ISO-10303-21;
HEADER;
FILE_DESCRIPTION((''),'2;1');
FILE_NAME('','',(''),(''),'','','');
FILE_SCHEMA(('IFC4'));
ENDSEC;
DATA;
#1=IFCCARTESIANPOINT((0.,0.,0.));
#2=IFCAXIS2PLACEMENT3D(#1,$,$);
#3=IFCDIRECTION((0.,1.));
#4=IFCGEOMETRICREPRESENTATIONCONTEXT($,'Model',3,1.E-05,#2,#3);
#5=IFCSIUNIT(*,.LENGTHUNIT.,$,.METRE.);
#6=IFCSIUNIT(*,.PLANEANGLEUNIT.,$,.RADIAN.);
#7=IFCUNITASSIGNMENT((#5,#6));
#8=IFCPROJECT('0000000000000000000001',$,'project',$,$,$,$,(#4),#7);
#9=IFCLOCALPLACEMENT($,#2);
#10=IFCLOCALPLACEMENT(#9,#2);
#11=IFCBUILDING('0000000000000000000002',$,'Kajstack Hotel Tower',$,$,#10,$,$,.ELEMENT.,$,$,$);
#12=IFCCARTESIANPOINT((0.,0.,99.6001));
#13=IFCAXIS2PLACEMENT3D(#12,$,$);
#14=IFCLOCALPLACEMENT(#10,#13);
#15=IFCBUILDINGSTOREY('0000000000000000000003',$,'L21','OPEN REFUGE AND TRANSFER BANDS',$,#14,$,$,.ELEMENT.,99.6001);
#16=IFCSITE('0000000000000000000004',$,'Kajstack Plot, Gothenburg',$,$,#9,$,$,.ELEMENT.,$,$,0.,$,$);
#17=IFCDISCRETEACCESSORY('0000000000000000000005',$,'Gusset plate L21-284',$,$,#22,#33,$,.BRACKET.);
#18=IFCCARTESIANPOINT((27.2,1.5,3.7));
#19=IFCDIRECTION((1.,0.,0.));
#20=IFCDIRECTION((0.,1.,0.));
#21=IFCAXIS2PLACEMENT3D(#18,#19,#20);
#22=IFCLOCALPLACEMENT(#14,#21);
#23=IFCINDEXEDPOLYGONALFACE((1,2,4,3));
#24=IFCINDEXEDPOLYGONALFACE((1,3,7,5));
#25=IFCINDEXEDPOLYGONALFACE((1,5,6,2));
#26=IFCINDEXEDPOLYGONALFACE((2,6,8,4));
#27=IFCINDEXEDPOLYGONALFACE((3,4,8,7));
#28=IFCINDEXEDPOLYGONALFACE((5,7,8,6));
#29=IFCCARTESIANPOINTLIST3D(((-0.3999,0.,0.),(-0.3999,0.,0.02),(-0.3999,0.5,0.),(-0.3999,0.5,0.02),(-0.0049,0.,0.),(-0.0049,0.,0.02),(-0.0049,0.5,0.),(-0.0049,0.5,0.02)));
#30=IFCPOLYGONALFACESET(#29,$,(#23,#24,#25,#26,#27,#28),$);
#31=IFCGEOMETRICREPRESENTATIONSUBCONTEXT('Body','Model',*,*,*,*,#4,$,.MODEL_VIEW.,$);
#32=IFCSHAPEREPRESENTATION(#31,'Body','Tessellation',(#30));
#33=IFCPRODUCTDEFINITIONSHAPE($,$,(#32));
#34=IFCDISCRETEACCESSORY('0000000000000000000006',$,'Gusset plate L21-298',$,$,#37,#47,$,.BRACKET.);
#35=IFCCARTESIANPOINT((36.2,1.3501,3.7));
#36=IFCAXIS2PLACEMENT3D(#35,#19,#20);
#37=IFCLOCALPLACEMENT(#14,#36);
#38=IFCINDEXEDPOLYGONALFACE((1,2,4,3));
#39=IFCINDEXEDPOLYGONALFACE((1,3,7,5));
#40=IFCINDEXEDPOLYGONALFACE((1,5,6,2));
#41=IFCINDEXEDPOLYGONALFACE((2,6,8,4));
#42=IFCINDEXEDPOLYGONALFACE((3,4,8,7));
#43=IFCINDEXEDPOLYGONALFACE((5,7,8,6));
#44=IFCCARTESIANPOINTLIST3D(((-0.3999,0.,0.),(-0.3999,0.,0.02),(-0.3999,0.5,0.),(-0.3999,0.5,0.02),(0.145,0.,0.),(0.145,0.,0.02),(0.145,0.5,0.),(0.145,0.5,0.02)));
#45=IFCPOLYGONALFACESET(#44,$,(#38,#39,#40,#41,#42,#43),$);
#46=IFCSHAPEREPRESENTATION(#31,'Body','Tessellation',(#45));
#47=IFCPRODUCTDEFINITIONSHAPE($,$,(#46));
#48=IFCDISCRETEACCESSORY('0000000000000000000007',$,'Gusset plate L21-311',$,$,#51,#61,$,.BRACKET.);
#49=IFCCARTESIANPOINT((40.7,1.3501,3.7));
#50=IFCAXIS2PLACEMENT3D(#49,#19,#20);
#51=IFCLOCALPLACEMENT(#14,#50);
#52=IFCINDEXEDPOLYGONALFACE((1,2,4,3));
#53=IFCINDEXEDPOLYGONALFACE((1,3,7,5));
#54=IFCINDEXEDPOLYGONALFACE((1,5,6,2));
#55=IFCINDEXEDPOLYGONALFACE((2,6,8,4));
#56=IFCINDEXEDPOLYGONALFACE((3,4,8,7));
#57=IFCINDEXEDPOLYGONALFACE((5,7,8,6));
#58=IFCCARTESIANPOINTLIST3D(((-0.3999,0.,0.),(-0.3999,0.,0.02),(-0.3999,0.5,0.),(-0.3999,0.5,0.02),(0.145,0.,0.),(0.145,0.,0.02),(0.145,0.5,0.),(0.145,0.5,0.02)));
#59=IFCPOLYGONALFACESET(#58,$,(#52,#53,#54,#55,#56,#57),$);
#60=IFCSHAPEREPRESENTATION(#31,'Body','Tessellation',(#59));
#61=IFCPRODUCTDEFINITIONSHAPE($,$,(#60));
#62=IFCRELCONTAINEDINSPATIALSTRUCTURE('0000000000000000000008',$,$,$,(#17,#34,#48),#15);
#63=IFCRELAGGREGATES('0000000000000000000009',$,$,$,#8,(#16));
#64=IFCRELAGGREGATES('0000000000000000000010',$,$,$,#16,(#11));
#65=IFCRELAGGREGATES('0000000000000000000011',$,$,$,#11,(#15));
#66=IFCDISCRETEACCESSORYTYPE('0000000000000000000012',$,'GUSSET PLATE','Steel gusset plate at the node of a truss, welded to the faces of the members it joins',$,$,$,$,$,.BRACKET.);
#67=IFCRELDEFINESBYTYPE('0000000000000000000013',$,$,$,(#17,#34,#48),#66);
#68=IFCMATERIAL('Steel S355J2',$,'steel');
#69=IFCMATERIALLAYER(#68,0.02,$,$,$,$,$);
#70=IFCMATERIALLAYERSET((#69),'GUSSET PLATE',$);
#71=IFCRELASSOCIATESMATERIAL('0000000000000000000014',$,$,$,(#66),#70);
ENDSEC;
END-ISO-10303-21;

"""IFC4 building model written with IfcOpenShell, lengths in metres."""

from ifc_helpers import new_model, si_unit, direction, frame, origin, place, context, subcontext, project, spatial, polyline, outline, extrude, material, layer, layer_set, type_object, element, save


model = new_model("IFC4")

# Units and contexts
model_context = context("Model", 3, precision=1e-05, world=origin(), true_north=direction((0.0, 1.0)))
body_context = subcontext(model_context, "Body", "Model", "MODEL_VIEW")
ifc_project = project(units=[si_unit("LENGTHUNIT", "METRE"), si_unit("PLANEANGLEUNIT", "RADIAN")], contexts=[model_context])

# Site, building, storey
site_placement = place(None, origin())
site = spatial("IfcSite", under=ifc_project, at=site_placement, Name="Kajstack Plot, Gothenburg", CompositionType="ELEMENT", RefElevation=0.0)
building_placement = place(site_placement, origin())
building = spatial("IfcBuilding", under=site, at=building_placement, Name="Kajstack Hotel Tower", CompositionType="ELEMENT")
storey_placement = place(building_placement, frame((0.0, 0.0, 99.6001)))
storey = spatial("IfcBuildingStorey", under=building, at=storey_placement, Name="L21", Description="OPEN REFUGE AND TRANSFER BANDS", CompositionType="ELEMENT", Elevation=99.6001)

# Shared definitions
ifc_material_1 = material(Name="Steel S355J2", Category="steel")

# Discrete accessories
ifc_layer_1 = layer(ifc_material_1, 0.02)
ifc_layer_set_1 = layer_set([ifc_layer_1], Name="GUSSET PLATE")
discrete_accessory_type_1 = type_object("IfcDiscreteAccessoryType", Name="GUSSET PLATE", Description="Steel gusset plate at the node of a truss, welded to the faces of the members it joins", PredefinedType="BRACKET", material=ifc_layer_set_1)
discrete_accessory_1_placement = place(storey_placement, frame((27.2, 1.5, 3.7), z_axis=(1.0, 0.0, 0.0), x_axis=(0.0, 1.0, 0.0)))
element("IfcDiscreteAccessory", 1, at=discrete_accessory_1_placement, inside=storey, type_object=discrete_accessory_type_1, Name="Gusset plate L21-284", PredefinedType="BRACKET", context=body_context, shape_type="SweptSolid", body=[
    extrude(outline(polyline([(-0.3999, 0.0), (-0.0049, 0.0), (-0.0049, 0.5), (-0.3999, 0.5), (-0.3999, 0.0)])), origin(), (0.0, 0.0, 1.0), 0.02),
])
discrete_accessory_2_placement = place(storey_placement, frame((36.2, 1.3501, 3.7), z_axis=(1.0, 0.0, 0.0), x_axis=(0.0, 1.0, 0.0)))
element("IfcDiscreteAccessory", 2, at=discrete_accessory_2_placement, inside=storey, type_object=discrete_accessory_type_1, Name="Gusset plate L21-298", PredefinedType="BRACKET", context=body_context, shape_type="SweptSolid", body=[
    extrude(outline(polyline([(-0.3999, 0.0), (0.145, 0.0), (0.145, 0.5), (-0.3999, 0.5), (-0.3999, 0.0)])), origin(), (0.0, 0.0, 1.0), 0.02),
])
discrete_accessory_3_placement = place(storey_placement, frame((40.7, 1.3501, 3.7), z_axis=(1.0, 0.0, 0.0), x_axis=(0.0, 1.0, 0.0)))
element("IfcDiscreteAccessory", 3, at=discrete_accessory_3_placement, inside=storey, type_object=discrete_accessory_type_1, Name="Gusset plate L21-311", PredefinedType="BRACKET", context=body_context, shape_type="SweptSolid", body=[
    extrude(outline(polyline([(-0.3999, 0.0), (0.145, 0.0), (0.145, 0.5), (-0.3999, 0.5), (-0.3999, 0.0)])), origin(), (0.0, 0.0, 1.0), 0.02),
])

save(model, "model.ifc")
